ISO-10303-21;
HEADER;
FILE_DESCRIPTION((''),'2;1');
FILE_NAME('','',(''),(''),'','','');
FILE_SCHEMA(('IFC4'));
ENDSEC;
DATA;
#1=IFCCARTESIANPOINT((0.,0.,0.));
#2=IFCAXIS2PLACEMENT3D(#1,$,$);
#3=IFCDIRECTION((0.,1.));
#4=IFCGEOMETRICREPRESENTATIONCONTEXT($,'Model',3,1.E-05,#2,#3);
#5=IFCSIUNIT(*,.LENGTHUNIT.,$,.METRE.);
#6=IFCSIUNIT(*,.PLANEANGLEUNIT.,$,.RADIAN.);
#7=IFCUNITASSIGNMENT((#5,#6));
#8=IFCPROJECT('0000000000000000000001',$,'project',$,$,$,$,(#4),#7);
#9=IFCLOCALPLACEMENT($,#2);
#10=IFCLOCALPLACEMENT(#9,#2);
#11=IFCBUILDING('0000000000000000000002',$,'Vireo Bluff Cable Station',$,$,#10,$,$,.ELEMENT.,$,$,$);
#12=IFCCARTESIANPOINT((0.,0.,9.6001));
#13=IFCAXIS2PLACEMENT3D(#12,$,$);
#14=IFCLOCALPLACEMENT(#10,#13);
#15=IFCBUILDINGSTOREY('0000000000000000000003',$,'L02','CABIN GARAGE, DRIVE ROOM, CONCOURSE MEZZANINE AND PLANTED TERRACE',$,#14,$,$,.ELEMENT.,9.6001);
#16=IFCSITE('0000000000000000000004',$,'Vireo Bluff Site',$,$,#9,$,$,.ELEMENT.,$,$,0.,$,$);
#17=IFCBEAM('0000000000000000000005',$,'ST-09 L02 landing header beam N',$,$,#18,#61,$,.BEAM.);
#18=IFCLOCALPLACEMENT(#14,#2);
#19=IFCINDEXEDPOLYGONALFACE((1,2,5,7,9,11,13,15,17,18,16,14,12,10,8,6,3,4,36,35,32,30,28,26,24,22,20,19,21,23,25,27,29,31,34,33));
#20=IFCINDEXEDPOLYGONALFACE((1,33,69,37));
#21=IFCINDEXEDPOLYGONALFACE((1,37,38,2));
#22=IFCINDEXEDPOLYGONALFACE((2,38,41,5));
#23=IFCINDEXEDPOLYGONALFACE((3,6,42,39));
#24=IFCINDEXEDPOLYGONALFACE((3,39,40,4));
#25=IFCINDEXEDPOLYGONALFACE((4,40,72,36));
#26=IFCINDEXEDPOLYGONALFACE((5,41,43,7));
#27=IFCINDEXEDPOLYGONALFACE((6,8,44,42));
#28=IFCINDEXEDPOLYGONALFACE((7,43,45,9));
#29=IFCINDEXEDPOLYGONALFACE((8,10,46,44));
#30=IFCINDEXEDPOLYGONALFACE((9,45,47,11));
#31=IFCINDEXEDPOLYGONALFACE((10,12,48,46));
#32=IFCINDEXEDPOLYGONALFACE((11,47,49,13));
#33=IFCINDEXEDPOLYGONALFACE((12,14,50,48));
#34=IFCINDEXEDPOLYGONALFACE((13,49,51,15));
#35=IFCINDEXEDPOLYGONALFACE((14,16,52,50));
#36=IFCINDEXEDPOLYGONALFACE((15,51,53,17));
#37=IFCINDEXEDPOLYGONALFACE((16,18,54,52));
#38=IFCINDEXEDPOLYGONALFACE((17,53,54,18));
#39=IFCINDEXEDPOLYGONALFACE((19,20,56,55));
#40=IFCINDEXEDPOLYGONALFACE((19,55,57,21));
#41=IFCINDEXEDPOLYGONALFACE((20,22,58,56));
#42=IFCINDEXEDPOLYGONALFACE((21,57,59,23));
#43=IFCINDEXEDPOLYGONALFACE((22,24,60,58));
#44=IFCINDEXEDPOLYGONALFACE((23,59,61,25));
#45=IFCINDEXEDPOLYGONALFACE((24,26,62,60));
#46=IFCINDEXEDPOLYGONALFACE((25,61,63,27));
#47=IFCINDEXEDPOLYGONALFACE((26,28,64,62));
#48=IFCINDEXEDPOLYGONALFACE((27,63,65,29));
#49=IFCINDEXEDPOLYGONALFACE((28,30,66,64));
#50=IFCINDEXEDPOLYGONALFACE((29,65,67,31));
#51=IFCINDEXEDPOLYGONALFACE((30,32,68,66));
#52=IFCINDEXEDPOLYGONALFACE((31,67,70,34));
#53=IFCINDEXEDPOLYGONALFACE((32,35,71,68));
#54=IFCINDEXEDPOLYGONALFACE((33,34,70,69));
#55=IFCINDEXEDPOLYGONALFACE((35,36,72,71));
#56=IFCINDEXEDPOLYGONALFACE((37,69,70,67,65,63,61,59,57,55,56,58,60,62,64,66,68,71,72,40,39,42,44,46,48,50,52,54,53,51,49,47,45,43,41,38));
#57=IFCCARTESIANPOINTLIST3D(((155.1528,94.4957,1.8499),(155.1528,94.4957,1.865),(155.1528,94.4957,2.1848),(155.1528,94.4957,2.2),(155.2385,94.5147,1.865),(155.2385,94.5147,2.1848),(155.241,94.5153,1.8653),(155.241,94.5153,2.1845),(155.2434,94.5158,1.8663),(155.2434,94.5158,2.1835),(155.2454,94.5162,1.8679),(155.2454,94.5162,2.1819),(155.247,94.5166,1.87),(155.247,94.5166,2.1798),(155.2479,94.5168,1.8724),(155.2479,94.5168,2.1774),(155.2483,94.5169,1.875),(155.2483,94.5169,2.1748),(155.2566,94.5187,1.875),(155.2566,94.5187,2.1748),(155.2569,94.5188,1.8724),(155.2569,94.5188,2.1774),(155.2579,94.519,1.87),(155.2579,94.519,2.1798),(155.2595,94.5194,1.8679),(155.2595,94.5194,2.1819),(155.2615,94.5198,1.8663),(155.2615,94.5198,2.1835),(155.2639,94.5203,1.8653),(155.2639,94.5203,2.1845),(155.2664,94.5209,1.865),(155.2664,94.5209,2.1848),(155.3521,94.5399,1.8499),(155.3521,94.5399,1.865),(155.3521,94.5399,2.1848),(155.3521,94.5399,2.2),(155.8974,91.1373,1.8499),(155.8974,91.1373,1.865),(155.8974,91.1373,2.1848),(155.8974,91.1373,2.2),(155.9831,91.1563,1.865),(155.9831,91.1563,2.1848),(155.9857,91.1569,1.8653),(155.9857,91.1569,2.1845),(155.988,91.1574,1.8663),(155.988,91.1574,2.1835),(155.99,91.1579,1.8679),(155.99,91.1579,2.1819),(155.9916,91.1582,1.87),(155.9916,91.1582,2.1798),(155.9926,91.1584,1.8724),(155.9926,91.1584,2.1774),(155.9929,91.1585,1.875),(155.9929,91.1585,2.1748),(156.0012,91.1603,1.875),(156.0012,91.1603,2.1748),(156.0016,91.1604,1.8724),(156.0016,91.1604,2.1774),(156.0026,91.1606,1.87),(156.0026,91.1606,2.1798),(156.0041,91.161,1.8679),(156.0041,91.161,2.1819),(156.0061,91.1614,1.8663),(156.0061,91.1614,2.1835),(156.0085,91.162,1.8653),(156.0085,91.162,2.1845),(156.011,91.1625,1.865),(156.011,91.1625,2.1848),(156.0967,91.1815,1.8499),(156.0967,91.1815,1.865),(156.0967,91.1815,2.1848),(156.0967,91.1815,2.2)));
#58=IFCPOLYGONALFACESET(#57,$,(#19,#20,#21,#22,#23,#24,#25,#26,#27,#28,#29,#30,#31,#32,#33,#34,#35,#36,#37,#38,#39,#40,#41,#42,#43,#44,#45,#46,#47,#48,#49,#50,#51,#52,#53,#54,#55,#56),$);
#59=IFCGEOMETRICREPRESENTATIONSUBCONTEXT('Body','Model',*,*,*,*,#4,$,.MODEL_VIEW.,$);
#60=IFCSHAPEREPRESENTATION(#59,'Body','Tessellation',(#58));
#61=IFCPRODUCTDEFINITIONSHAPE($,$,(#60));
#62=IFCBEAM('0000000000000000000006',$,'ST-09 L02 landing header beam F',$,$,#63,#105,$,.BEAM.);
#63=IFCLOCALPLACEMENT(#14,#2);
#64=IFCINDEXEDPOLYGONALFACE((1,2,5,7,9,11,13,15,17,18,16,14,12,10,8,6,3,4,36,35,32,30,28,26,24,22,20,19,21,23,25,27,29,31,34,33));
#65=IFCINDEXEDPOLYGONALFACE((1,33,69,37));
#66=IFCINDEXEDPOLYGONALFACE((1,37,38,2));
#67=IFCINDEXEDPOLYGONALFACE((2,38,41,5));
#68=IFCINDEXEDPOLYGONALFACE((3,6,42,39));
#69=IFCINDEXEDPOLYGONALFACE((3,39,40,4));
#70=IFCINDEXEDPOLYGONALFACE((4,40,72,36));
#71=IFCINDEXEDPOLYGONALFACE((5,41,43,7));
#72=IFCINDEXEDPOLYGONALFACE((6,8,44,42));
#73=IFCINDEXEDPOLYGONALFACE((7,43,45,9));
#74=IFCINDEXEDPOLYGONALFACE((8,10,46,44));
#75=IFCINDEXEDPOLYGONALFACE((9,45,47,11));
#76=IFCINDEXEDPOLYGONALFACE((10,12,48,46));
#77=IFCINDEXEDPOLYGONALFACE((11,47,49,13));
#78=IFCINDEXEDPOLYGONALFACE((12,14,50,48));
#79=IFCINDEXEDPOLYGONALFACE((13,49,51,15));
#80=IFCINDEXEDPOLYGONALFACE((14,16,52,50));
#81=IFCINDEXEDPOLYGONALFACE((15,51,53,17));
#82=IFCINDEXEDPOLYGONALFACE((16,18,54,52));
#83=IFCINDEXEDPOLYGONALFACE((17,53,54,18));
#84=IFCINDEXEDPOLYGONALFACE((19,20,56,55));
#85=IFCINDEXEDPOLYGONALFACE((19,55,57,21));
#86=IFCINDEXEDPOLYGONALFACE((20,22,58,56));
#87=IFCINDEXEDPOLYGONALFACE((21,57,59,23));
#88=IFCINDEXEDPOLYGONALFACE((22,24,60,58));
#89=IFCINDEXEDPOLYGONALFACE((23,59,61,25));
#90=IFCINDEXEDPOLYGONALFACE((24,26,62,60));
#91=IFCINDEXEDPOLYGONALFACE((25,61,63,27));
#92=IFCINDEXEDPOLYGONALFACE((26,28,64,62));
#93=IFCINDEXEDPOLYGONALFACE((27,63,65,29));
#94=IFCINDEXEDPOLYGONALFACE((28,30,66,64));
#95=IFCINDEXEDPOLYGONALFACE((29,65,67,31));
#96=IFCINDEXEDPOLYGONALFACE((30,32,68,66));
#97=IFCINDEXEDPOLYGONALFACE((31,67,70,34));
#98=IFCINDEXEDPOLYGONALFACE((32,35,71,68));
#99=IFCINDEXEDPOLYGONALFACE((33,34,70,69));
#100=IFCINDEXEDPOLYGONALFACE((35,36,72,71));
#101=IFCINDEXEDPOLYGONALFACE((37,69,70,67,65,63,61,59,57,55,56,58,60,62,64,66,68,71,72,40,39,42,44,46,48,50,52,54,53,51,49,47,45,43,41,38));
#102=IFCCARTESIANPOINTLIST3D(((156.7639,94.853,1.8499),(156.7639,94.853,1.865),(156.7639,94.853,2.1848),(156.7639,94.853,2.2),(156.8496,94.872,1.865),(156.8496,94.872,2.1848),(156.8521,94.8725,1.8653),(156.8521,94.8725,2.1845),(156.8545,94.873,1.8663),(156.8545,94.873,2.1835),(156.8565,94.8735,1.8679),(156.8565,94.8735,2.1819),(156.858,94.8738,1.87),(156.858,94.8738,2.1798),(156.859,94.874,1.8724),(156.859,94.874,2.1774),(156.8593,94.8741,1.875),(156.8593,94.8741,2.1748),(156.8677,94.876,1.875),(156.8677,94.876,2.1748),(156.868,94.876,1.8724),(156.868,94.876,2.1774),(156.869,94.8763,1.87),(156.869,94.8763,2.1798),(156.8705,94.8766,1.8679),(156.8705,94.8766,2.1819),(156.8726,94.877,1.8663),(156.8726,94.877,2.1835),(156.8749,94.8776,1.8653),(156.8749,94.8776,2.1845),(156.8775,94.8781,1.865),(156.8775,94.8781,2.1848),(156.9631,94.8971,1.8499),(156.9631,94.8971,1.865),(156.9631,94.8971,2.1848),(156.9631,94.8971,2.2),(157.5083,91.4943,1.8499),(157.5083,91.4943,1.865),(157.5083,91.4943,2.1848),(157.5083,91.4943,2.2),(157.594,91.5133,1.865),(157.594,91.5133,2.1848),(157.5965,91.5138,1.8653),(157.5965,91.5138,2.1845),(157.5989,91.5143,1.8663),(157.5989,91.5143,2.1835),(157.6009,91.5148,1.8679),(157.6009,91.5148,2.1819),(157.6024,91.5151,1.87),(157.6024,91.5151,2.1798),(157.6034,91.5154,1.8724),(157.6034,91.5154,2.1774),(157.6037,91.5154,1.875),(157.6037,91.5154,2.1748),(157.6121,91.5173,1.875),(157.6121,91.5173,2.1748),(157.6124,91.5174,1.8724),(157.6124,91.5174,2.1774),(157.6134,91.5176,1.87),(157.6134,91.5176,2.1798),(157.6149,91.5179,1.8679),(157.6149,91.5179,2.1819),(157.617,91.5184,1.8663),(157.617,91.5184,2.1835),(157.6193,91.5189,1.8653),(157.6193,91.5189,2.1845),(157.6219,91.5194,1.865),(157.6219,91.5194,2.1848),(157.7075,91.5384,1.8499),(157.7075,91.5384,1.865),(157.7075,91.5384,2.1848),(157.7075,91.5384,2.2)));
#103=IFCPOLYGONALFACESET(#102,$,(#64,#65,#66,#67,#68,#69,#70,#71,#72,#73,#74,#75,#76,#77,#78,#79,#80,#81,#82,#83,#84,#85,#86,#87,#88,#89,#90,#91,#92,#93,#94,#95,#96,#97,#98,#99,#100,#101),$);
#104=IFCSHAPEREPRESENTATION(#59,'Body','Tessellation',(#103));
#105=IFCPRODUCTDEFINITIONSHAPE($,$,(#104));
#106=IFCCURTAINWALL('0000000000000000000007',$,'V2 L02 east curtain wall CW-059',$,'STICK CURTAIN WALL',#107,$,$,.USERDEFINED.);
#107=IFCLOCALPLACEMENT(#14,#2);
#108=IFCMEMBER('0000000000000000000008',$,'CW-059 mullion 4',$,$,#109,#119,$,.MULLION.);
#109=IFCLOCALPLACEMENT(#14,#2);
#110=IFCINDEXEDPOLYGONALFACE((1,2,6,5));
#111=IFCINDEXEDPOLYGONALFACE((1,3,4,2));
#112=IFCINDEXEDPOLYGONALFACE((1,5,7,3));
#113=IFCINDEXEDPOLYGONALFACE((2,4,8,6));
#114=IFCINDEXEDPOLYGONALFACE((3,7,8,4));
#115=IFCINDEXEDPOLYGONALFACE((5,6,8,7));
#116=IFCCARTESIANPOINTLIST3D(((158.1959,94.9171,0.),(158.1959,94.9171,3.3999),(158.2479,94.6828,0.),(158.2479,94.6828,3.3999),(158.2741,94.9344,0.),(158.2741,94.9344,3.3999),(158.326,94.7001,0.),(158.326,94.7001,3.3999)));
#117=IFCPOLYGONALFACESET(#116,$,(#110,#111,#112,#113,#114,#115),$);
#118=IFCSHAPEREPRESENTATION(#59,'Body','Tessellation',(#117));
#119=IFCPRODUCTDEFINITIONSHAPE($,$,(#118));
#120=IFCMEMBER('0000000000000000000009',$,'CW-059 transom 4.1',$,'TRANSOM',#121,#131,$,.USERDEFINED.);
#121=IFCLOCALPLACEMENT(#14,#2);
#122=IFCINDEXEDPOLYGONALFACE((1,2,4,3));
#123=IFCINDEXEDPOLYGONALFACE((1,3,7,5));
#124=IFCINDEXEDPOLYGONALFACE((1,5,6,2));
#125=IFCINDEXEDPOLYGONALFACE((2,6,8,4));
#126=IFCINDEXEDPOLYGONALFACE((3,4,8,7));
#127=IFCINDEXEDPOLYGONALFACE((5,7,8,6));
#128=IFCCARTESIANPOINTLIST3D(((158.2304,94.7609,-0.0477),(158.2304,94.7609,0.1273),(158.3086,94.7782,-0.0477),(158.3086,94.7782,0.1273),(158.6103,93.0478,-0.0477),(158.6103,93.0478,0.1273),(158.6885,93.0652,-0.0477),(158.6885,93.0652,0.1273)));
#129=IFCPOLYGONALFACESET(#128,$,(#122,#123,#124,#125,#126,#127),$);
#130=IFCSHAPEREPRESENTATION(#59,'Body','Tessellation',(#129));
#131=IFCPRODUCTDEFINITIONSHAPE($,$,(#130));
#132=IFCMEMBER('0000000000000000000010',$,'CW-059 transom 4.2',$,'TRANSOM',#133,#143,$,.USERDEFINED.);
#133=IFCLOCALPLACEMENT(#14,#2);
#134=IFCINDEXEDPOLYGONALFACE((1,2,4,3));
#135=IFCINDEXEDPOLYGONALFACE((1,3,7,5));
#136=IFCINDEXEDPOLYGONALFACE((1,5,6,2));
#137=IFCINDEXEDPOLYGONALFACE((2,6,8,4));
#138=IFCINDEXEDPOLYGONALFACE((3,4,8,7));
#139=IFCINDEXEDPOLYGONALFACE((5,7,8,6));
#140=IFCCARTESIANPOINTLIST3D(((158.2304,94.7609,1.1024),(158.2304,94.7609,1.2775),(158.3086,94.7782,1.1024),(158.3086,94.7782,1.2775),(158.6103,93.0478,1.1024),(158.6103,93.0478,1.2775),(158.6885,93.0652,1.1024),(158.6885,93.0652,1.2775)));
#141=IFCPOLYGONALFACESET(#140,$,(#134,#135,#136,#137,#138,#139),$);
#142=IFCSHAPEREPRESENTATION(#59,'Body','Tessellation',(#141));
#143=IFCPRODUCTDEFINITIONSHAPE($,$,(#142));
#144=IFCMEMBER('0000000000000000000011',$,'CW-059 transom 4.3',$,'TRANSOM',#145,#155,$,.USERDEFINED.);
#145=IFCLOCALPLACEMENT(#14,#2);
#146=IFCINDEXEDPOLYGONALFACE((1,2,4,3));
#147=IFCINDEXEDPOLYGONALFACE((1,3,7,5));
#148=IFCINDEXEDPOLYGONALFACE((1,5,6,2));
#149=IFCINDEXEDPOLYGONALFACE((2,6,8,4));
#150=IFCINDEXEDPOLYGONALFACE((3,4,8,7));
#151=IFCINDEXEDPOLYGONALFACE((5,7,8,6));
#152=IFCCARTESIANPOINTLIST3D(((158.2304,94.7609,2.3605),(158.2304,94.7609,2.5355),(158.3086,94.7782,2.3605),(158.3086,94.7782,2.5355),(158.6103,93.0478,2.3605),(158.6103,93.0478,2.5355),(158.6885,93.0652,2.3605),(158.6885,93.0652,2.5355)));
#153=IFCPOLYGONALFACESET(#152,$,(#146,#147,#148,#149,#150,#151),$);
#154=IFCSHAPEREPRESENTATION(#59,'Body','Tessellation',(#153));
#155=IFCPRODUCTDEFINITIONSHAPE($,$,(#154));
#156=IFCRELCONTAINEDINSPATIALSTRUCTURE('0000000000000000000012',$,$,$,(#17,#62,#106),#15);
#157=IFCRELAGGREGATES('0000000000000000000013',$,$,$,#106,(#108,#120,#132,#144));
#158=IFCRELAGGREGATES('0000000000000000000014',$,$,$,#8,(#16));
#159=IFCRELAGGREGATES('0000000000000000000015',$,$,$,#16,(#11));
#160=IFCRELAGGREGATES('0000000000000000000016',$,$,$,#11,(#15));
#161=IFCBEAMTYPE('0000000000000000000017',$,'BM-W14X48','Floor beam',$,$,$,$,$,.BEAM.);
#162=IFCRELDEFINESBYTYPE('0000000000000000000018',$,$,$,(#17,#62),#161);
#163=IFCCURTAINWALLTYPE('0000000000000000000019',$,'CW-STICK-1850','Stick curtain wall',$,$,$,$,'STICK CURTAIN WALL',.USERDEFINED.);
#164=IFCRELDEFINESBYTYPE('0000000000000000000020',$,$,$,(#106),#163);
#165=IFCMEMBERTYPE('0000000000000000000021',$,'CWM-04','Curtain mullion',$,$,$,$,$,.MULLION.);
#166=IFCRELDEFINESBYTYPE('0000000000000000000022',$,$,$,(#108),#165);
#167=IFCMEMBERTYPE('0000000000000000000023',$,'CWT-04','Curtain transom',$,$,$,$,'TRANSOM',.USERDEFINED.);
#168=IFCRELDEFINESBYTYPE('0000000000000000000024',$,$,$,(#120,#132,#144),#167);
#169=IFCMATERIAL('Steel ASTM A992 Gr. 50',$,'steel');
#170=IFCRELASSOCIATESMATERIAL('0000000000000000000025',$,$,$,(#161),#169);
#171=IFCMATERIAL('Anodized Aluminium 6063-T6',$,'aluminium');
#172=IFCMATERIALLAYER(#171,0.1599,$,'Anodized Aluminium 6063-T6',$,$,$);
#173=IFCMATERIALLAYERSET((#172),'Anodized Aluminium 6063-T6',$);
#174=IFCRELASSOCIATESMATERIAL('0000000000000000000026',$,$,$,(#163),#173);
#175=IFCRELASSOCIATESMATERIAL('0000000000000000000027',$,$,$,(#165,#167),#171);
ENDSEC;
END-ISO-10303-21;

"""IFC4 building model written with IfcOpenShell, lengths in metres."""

from ifc_helpers import new_model, si_unit, direction, frame, origin, origin_2d, place, context, subcontext, project, spatial, rectangle, i_section, extrude, material, layer, layer_set, material_profile, profile_set, type_object, element, aggregate, save


model = new_model("IFC4")

# Units and contexts
model_context = context("Model", 3, precision=1e-05, world=origin(), true_north=direction((0.0, 1.0)))
body_context = subcontext(model_context, "Body", "Model", "MODEL_VIEW")
ifc_project = project(units=[si_unit("LENGTHUNIT", "METRE"), si_unit("PLANEANGLEUNIT", "RADIAN")], contexts=[model_context])

# Site, building, storey
site_placement = place(None, origin())
site = spatial("IfcSite", under=ifc_project, at=site_placement, Name="Vireo Bluff Site", CompositionType="ELEMENT", RefElevation=0.0)
building_placement = place(site_placement, origin())
building = spatial("IfcBuilding", under=site, at=building_placement, Name="Vireo Bluff Cable Station", CompositionType="ELEMENT")
storey_placement = place(building_placement, frame((0.0, 0.0, 9.6001)))
storey = spatial("IfcBuildingStorey", under=building, at=storey_placement, Name="L02", Description="CABIN GARAGE, DRIVE ROOM, CONCOURSE MEZZANINE AND PLANTED TERRACE", CompositionType="ELEMENT", Elevation=9.6001)

# Shared definitions
ifc_material_1 = material(Name="Steel ASTM A992 Gr. 50", Category="steel")

# Beams
ifc_material_profile_1 = material_profile(ifc_material_1, i_section(OverallWidth=0.2041, OverallDepth=0.3501, WebThickness=0.0085, FlangeThickness=0.0151, FilletRadius=0.01, at=origin_2d()), Name="W14X48")
ifc_profile_set_1 = profile_set([ifc_material_profile_1], Name="Steel ASTM A992 Gr. 50")
beam_type = type_object("IfcBeamType", Name="BM-W14X48", Description="Floor beam", PredefinedType="BEAM", material=ifc_profile_set_1)
beam_1_placement = place(storey_placement, frame((155.9971, 91.1594, 2.0249), z_axis=(-0.216465, 0.97629, 0.0), x_axis=(-0.97629, -0.216465, 0.0)))
element("IfcBeam", 1, at=beam_1_placement, inside=storey, type_object=beam_type, Name="ST-09 L02 landing header beam N", PredefinedType="BEAM", context=body_context, shape_type="SweptSolid", body=[
    extrude(i_section(OverallWidth=0.2041, OverallDepth=0.3501, WebThickness=0.0085, FlangeThickness=0.0151, FilletRadius=0.01, at=origin_2d()), origin(), (0.0, 0.0, 1.0), 3.4399),
])
beam_2_placement = place(storey_placement, frame((157.6079, 91.5164, 2.0249), z_axis=(-0.216382, 0.976309, 0.0), x_axis=(-0.976309, -0.216382, 0.0)))
element("IfcBeam", 2, at=beam_2_placement, inside=storey, type_object=beam_type, Name="ST-09 L02 landing header beam F", PredefinedType="BEAM", context=body_context, shape_type="SweptSolid", body=[
    extrude(i_section(OverallWidth=0.2041, OverallDepth=0.3501, WebThickness=0.0085, FlangeThickness=0.0151, FilletRadius=0.01, at=origin_2d()), origin(), (0.0, 0.0, 1.0), 3.4402),
])

# Curtain wall, members
ifc_material_2 = material(Name="Anodized Aluminium 6063-T6", Category="aluminium")
ifc_layer = layer(ifc_material_2, 0.1599, Name="Anodized Aluminium 6063-T6")
ifc_layer_set = layer_set([ifc_layer], Name="Anodized Aluminium 6063-T6")
curtain_wall_type = type_object("IfcCurtainWallType", Name="CW-STICK-1850", Description="Stick curtain wall", ElementType="STICK CURTAIN WALL", PredefinedType="USERDEFINED", material=ifc_layer_set)
curtain_wall_placement = place(storey_placement, origin())
curtain_wall = element("IfcCurtainWall", 3, at=curtain_wall_placement, inside=storey, type_object=curtain_wall_type, Name="V2 L02 east curtain wall CW-059", ObjectType="STICK CURTAIN WALL", PredefinedType="USERDEFINED")
ifc_material_profile_2 = material_profile(ifc_material_2, rectangle(XDim=0.0801, YDim=0.24, at=origin_2d()), Name="ALU-M-80X240")
ifc_profile_set_2 = profile_set([ifc_material_profile_2], Name="Anodized Aluminium 6063-T6")
member_type_1 = type_object("IfcMemberType", Name="CWM-04", Description="Curtain mullion", PredefinedType="MULLION", material=ifc_profile_set_2)
member_1_placement = place(storey_placement, frame((158.261, 94.8086, 0.0), z_axis=(0.0, 0.0, 1.0), x_axis=(0.976296, 0.21644, 0.0)))
member_1 = element("IfcMember", 4, at=member_1_placement, type_object=member_type_1, Name="CW-059 mullion 4", PredefinedType="MULLION", context=body_context, shape_type="SweptSolid", body=[
    extrude(rectangle(XDim=0.0801, YDim=0.24, at=origin_2d()), origin(), (0.0, 0.0, 1.0), 3.3999),
])
ifc_material_profile_3 = material_profile(ifc_material_2, rectangle(XDim=0.0801, YDim=0.175, at=origin_2d()), Name="ALU-T-80X175")
ifc_profile_set_3 = profile_set([ifc_material_profile_3], Name="Anodized Aluminium 6063-T6")
member_type_2 = type_object("IfcMemberType", Name="CWT-04", Description="Curtain transom", ElementType="TRANSOM", PredefinedType="USERDEFINED", material=ifc_profile_set_3)
member_2_placement = place(storey_placement, frame((158.2695, 94.7695, 0.0398), z_axis=(0.216488, -0.976285, 0.0), x_axis=(0.976285, 0.216488, 0.0)))
member_2 = element("IfcMember", 5, at=member_2_placement, type_object=member_type_2, Name="CW-059 transom 4.1", ObjectType="TRANSOM", PredefinedType="USERDEFINED", context=body_context, shape_type="SweptSolid", body=[
    extrude(rectangle(XDim=0.0801, YDim=0.175, at=origin_2d()), origin(), (0.0, 0.0, 1.0), 1.7546),
])
member_3_placement = place(storey_placement, frame((158.2695, 94.7695, 1.1899), z_axis=(0.216488, -0.976285, 0.0), x_axis=(0.976285, 0.216488, 0.0)))
member_3 = element("IfcMember", 6, at=member_3_placement, type_object=member_type_2, Name="CW-059 transom 4.2", ObjectType="TRANSOM", PredefinedType="USERDEFINED", context=body_context, shape_type="SweptSolid", body=[
    extrude(rectangle(XDim=0.0801, YDim=0.175, at=origin_2d()), origin(), (0.0, 0.0, 1.0), 1.7546),
])
member_4_placement = place(storey_placement, frame((158.2695, 94.7695, 2.448), z_axis=(0.216488, -0.976285, 0.0), x_axis=(0.976285, 0.216488, 0.0)))
member_4 = element("IfcMember", 7, at=member_4_placement, type_object=member_type_2, Name="CW-059 transom 4.3", ObjectType="TRANSOM", PredefinedType="USERDEFINED", context=body_context, shape_type="SweptSolid", body=[
    extrude(rectangle(XDim=0.0801, YDim=0.175, at=origin_2d()), origin(), (0.0, 0.0, 1.0), 1.7546),
])
aggregate(curtain_wall, [member_1, member_2, member_3, member_4])

save(model, "model.ifc")
